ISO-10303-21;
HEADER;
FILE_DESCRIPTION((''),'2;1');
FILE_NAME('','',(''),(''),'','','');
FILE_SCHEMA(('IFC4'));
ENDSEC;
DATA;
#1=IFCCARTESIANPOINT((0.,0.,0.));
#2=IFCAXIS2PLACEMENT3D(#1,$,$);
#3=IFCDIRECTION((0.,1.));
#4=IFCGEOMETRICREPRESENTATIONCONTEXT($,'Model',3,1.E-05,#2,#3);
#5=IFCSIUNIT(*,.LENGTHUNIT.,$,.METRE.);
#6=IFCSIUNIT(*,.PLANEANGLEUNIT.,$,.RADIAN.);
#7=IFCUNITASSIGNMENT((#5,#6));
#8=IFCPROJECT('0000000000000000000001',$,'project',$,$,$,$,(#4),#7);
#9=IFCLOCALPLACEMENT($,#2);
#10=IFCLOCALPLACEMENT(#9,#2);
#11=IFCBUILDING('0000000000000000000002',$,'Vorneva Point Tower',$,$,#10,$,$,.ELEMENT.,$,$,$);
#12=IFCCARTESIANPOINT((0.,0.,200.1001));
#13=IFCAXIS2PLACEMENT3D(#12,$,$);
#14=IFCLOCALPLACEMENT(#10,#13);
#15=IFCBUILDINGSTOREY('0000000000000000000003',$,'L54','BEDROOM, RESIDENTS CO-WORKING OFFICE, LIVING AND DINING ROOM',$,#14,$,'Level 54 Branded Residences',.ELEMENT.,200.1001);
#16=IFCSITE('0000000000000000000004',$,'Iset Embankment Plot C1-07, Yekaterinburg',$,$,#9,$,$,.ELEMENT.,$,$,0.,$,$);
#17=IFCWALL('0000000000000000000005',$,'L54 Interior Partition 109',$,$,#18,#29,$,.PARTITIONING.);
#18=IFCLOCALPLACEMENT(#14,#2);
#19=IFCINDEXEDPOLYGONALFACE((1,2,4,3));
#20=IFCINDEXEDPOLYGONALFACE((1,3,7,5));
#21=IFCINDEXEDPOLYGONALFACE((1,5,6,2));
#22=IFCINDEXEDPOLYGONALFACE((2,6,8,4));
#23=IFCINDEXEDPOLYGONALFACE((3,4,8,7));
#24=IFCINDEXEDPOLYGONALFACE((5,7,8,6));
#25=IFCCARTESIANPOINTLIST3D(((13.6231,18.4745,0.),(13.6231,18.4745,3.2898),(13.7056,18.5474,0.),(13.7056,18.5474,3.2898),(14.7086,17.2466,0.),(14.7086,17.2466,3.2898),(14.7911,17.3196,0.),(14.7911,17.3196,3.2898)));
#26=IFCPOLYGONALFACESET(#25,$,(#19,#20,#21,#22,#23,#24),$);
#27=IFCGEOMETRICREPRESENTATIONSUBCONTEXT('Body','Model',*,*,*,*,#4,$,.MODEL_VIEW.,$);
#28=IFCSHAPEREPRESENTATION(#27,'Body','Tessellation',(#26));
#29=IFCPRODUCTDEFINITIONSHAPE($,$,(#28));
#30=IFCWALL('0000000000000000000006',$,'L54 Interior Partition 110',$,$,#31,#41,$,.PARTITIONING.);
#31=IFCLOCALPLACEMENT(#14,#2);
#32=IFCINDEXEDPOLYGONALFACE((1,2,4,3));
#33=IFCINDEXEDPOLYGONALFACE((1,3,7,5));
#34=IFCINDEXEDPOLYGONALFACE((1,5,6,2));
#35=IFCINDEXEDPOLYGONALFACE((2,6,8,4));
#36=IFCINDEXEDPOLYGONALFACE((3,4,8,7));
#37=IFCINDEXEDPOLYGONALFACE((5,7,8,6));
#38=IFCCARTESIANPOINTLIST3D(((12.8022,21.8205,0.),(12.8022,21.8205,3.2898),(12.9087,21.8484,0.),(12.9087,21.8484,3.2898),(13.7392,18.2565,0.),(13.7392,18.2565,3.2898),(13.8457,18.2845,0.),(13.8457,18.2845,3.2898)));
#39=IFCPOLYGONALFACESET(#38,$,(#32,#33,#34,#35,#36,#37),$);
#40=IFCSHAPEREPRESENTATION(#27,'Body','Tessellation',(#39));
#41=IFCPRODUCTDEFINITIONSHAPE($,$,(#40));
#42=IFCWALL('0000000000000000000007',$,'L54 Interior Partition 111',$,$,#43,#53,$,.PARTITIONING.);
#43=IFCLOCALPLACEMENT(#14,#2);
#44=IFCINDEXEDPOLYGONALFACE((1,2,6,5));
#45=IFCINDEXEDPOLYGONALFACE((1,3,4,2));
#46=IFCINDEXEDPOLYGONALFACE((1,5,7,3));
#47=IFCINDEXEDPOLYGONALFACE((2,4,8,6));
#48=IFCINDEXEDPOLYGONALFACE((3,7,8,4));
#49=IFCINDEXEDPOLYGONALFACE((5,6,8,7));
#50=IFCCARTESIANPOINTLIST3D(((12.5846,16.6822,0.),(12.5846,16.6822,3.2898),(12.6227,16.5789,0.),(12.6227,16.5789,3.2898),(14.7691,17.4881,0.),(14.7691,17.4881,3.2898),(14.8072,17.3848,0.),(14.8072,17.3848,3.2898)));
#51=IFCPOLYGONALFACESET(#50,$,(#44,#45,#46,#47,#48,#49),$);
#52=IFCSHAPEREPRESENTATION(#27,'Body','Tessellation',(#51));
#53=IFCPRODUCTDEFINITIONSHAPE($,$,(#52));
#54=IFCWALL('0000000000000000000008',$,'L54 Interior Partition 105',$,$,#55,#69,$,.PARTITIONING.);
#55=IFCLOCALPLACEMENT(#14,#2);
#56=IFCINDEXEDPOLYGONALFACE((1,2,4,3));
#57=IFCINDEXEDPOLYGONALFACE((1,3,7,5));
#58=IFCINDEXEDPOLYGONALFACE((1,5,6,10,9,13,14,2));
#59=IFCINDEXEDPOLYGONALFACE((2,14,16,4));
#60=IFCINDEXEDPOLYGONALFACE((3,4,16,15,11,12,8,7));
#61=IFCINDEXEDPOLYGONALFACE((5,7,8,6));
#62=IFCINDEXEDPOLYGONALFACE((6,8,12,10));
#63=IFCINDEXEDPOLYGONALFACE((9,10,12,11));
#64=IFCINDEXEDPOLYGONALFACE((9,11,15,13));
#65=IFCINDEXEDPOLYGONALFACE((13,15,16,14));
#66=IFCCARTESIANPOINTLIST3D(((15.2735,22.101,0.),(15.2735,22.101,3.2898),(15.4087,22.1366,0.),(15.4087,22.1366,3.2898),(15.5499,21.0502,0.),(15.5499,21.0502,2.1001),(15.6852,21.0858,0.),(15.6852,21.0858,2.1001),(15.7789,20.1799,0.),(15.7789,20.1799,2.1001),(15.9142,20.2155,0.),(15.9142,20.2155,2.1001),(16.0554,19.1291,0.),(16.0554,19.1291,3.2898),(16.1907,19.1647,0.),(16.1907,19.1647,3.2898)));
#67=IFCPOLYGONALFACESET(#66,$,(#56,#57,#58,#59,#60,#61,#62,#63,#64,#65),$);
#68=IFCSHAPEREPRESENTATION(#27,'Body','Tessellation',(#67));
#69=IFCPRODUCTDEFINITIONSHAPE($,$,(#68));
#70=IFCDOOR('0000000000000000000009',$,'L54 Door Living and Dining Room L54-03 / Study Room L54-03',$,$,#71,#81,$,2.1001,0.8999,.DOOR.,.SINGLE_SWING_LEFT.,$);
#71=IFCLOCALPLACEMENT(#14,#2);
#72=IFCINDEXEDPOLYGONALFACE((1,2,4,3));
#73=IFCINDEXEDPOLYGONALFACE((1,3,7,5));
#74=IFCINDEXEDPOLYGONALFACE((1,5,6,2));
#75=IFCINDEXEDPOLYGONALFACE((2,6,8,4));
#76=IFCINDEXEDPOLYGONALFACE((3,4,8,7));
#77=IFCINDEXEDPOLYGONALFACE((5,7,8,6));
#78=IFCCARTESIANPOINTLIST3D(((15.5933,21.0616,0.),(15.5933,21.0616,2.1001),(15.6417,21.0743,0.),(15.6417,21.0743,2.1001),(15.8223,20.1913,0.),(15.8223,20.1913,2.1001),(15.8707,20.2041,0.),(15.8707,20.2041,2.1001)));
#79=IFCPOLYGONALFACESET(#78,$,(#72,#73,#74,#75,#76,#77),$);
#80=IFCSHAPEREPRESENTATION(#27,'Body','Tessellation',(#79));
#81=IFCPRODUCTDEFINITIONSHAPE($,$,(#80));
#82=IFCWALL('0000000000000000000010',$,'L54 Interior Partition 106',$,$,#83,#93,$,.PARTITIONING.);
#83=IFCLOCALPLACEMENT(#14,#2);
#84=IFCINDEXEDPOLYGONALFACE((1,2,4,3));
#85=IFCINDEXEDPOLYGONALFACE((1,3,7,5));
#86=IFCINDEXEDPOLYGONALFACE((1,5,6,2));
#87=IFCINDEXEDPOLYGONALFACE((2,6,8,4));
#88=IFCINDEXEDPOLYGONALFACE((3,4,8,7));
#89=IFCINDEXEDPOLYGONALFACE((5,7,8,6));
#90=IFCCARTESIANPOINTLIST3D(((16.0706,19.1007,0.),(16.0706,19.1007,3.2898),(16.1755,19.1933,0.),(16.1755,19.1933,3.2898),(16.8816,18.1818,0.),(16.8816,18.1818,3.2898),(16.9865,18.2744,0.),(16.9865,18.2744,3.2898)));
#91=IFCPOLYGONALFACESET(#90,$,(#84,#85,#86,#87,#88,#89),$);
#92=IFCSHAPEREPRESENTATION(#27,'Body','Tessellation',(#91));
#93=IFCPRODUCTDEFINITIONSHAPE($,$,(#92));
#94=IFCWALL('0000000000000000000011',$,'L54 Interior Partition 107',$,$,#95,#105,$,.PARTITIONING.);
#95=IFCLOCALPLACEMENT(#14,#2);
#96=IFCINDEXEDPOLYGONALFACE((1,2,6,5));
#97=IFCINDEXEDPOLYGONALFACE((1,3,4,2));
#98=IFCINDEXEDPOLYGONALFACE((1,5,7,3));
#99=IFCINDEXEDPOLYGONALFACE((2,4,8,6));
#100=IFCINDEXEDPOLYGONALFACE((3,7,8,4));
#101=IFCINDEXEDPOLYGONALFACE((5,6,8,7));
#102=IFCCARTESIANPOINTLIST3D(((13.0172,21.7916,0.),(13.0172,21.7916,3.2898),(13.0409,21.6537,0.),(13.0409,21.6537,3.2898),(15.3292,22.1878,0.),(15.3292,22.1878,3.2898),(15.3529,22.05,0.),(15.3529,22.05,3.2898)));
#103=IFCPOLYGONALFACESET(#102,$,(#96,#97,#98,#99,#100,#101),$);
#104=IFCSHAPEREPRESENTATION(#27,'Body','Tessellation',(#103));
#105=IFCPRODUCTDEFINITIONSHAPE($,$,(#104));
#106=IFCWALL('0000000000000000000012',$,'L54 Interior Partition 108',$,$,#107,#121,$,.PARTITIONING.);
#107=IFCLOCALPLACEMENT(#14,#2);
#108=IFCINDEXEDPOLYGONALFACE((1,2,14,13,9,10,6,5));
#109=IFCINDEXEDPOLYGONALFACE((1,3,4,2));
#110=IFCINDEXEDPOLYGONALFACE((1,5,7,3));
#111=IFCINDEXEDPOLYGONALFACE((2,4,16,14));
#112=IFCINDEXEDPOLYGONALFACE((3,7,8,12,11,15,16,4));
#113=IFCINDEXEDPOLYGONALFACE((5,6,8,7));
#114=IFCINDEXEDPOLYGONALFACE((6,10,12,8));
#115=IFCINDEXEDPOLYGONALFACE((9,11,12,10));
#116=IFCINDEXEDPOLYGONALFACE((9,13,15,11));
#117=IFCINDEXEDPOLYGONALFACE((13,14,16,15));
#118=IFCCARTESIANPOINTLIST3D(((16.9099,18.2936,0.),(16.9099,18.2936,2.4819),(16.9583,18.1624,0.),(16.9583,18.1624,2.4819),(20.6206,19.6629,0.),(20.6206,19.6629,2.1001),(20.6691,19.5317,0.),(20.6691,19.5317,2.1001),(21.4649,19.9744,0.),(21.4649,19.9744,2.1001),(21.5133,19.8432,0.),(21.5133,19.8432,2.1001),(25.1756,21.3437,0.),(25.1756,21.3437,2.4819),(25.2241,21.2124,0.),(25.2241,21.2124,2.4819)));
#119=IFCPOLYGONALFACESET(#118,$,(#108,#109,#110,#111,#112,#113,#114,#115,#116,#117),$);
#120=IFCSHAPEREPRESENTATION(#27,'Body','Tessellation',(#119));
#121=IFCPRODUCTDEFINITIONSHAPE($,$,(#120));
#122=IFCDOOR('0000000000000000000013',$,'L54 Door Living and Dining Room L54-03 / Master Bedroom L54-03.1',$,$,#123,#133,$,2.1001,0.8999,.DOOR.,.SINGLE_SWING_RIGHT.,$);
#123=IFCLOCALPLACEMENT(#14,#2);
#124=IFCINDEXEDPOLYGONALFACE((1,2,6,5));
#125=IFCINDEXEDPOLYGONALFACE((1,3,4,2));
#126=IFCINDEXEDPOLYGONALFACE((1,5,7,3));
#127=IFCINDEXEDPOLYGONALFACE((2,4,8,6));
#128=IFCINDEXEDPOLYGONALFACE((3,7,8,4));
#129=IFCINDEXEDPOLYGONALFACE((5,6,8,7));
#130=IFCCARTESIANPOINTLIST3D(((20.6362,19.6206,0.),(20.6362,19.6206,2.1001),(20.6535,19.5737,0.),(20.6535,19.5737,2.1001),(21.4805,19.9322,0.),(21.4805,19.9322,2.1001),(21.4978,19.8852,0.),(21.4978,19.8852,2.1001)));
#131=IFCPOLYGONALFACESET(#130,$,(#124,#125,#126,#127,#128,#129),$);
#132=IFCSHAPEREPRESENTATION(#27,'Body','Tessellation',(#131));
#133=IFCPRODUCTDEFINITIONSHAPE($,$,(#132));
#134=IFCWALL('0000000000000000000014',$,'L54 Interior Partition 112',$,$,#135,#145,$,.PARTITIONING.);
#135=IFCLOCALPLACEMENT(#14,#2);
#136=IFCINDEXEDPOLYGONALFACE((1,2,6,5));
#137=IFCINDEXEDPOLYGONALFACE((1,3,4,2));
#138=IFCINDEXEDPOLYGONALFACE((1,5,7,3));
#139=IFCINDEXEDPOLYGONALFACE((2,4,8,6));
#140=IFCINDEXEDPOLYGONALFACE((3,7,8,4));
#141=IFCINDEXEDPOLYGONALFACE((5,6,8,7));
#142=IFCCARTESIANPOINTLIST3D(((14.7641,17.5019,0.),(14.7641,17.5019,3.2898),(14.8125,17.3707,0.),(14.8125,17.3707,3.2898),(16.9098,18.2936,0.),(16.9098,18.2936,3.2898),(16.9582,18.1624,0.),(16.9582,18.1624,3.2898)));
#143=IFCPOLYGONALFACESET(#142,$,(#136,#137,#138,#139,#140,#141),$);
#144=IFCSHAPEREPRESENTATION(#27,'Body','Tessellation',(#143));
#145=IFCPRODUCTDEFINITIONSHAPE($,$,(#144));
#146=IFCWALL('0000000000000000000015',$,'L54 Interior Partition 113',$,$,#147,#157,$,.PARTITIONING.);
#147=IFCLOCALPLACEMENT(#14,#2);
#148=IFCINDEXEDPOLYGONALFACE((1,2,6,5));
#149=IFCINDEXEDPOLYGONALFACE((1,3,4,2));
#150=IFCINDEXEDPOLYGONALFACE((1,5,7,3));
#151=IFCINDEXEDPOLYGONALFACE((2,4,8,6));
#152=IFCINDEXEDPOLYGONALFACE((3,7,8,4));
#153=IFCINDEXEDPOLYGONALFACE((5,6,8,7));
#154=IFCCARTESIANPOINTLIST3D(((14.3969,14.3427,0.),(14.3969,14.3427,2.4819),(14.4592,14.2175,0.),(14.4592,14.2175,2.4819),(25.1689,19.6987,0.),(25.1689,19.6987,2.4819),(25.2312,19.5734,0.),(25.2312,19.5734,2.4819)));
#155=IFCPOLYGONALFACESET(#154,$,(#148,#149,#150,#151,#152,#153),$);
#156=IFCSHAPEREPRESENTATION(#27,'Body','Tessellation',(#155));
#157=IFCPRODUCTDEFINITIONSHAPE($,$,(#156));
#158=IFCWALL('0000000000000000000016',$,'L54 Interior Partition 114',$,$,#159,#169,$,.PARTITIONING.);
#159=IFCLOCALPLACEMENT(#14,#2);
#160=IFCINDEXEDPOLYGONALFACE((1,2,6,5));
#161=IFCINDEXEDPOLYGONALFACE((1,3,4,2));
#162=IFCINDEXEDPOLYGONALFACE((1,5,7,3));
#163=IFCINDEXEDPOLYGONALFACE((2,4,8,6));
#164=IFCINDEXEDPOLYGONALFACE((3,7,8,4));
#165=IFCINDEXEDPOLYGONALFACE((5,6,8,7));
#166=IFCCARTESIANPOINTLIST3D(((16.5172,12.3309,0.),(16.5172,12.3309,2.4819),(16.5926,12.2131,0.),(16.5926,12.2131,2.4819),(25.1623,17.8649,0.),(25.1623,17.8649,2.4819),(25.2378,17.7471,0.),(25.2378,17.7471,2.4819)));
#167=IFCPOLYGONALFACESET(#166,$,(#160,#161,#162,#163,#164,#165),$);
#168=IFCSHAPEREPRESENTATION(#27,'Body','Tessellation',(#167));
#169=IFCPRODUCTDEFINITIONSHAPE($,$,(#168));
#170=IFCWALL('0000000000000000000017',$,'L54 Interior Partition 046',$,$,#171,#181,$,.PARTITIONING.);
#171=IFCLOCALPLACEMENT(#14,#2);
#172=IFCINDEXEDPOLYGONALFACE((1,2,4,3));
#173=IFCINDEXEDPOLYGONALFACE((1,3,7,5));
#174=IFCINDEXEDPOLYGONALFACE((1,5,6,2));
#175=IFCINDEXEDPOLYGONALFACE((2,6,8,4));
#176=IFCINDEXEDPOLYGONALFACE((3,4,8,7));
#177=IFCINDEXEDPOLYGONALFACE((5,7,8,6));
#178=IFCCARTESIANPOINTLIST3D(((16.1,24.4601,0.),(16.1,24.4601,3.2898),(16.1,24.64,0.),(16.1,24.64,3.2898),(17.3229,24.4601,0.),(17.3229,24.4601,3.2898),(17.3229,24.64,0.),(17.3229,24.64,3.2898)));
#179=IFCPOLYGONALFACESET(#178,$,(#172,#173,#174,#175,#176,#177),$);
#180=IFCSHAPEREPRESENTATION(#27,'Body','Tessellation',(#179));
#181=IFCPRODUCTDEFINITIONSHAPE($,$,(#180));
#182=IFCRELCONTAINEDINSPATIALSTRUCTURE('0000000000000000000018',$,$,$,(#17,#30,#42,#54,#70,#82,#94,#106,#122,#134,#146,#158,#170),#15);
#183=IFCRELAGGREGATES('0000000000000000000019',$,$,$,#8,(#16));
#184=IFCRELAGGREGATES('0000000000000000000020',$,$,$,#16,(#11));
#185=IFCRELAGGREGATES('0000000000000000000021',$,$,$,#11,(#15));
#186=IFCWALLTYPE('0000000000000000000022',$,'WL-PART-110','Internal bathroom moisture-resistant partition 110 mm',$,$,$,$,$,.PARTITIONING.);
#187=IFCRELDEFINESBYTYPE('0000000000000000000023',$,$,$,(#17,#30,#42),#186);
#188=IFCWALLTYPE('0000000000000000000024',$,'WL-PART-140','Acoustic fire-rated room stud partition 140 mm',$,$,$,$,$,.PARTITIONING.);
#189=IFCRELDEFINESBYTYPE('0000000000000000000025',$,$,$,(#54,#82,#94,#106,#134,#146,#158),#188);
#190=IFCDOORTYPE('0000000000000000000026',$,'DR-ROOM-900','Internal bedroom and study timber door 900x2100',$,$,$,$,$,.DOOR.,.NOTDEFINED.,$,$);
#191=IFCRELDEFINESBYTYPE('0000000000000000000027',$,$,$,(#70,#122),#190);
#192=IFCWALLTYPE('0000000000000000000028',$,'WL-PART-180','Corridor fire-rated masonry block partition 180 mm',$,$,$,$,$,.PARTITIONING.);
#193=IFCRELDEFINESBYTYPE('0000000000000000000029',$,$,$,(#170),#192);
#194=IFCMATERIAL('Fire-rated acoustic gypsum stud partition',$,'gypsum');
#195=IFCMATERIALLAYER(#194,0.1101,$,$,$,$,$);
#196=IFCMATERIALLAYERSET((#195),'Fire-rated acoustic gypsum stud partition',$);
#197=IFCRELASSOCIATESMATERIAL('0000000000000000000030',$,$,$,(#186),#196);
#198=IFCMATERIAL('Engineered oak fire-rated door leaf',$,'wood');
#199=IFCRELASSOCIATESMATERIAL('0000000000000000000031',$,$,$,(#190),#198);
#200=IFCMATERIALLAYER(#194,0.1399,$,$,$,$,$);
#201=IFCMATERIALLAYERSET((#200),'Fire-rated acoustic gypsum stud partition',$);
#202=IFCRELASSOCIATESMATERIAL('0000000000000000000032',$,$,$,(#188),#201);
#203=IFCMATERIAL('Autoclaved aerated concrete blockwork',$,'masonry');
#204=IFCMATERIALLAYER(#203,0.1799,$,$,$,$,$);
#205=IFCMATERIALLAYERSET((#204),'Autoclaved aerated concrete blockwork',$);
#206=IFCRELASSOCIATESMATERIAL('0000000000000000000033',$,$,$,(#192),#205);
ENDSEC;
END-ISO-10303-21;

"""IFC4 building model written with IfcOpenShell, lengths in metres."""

from ifc_helpers import new_model, si_unit, direction, frame, frame_2d, origin, place, context, subcontext, project, spatial, rectangle, extrude, material, layer, layer_set, type_object, element, fill, save


model = new_model("IFC4")

# Units and contexts
model_context = context("Model", 3, precision=1e-05, world=origin(), true_north=direction((0.0, 1.0)))
body_context = subcontext(model_context, "Body", "Model", "MODEL_VIEW")
ifc_project = project(units=[si_unit("LENGTHUNIT", "METRE"), si_unit("PLANEANGLEUNIT", "RADIAN")], contexts=[model_context])

# Site, building, storey
site_placement = place(None, origin())
site = spatial("IfcSite", under=ifc_project, at=site_placement, Name="Iset Embankment Plot C1-07, Yekaterinburg", CompositionType="ELEMENT", RefElevation=0.0)
building_placement = place(site_placement, origin())
building = spatial("IfcBuilding", under=site, at=building_placement, Name="Vorneva Point Tower", CompositionType="ELEMENT")
storey_placement = place(building_placement, frame((0.0, 0.0, 200.1001)))
storey = spatial("IfcBuildingStorey", under=building, at=storey_placement, Name="L54", Description="BEDROOM, RESIDENTS CO-WORKING OFFICE, LIVING AND DINING ROOM", LongName="Level 54 Branded Residences", CompositionType="ELEMENT", Elevation=200.1001)

# Shared definitions
ifc_material_1 = material(Name="Fire-rated acoustic gypsum stud partition", Category="gypsum")
ifc_layer_1 = layer(ifc_material_1, 0.1101)
ifc_layer_set_1 = layer_set([ifc_layer_1], Name="Fire-rated acoustic gypsum stud partition")
wall_type_1 = type_object("IfcWallType", Name="WL-PART-110", Description="Internal bathroom moisture-resistant partition 110 mm", PredefinedType="PARTITIONING", material=ifc_layer_set_1)
ifc_material_2 = material(Name="Engineered oak fire-rated door leaf", Category="wood")
door_type = type_object("IfcDoorType", Name="DR-ROOM-900", Description="Internal bedroom and study timber door 900x2100", OperationType="NOTDEFINED", PredefinedType="DOOR", material=ifc_material_2)

# Walls
wall_1_placement = place(storey_placement, frame((14.7498, 17.2832, 0.0), z_axis=(0.0, 0.0, 1.0), x_axis=(-0.662346, 0.749198, 0.0)))
element("IfcWall", 1, at=wall_1_placement, inside=storey, type_object=wall_type_1, Name="L54 Interior Partition 109", PredefinedType="PARTITIONING", context=body_context, shape_type="SweptSolid", body=[
    extrude(rectangle(XDim=1.6389, YDim=0.1101, at=frame_2d((0.8193, 0.0))), origin(), (0.0, 0.0, 1.0), 3.2898),
])
wall_2_placement = place(storey_placement, frame((13.7925, 18.2705, 0.0), z_axis=(0.0, 0.0, 1.0), x_axis=(-0.254272, 0.967133, 0.0)))
element("IfcWall", 2, at=wall_2_placement, inside=storey, type_object=wall_type_1, Name="L54 Interior Partition 110", PredefinedType="PARTITIONING", context=body_context, shape_type="SweptSolid", body=[
    extrude(rectangle(XDim=3.6851, YDim=0.1101, at=frame_2d((1.8425, 0.0))), origin(), (0.0, 0.0, 1.0), 3.2898),
])
wall_3_placement = place(storey_placement, frame((12.6038, 16.6306, 0.0), z_axis=(0.0, 0.0, 1.0), x_axis=(0.938194, 0.346109, 0.0)))
element("IfcWall", 3, at=wall_3_placement, inside=storey, type_object=wall_type_1, Name="L54 Interior Partition 111", PredefinedType="PARTITIONING", context=body_context, shape_type="SweptSolid", body=[
    extrude(rectangle(XDim=2.3284, YDim=0.1101, at=frame_2d((1.1641, 0.0))), origin(), (0.0, 0.0, 1.0), 3.2898),
])

# Wall, opening, door
ifc_layer_2 = layer(ifc_material_1, 0.1399)
ifc_layer_set_2 = layer_set([ifc_layer_2], Name="Fire-rated acoustic gypsum stud partition")
wall_type_2 = type_object("IfcWallType", Name="WL-PART-140", Description="Acoustic fire-rated room stud partition 140 mm", PredefinedType="PARTITIONING", material=ifc_layer_set_2)
wall_4_placement = place(storey_placement, frame((15.3411, 22.1189, 0.0), z_axis=(0.0, 0.0, 1.0), x_axis=(0.254462, -0.967083, 0.0)))
wall_4 = element("IfcWall", 4, at=wall_4_placement, inside=storey, type_object=wall_type_2, Name="L54 Interior Partition 105", PredefinedType="PARTITIONING", context=body_context, shape_type="SweptSolid", body=[
    extrude(rectangle(XDim=3.073, YDim=0.1399, at=frame_2d((1.5366, 0.0))), origin(), (0.0, 0.0, 1.0), 3.2898),
])
opening_1_placement = place(wall_4_placement, frame((1.0867, 0.0, 0.0)))
opening_1 = element("IfcOpeningElement", 5, at=opening_1_placement, cuts=wall_4, PredefinedType="OPENING", context=body_context, shape_type="SweptSolid", body=[
    extrude(rectangle(XDim=0.8999, YDim=2.1001, at=frame_2d((0.45, 1.05))), frame((0.0, 0.085, 0.0), z_axis=(0.0, -1.0, 0.0), x_axis=(1.0, 0.0, 0.0)), (0.0, 0.0, 1.0), 0.1697),
])
door_1_placement = place(opening_1_placement, origin())
door_1 = element("IfcDoor", 6, at=door_1_placement, inside=storey, type_object=door_type, Name="L54 Door Living and Dining Room L54-03 / Study Room L54-03", OperationType="SINGLE_SWING_LEFT", OverallHeight=2.1001, OverallWidth=0.8999, PredefinedType="DOOR", context=body_context, shape_type="SweptSolid", body=[
    extrude(rectangle(XDim=0.8999, YDim=2.1001, at=frame_2d((0.45, 1.05))), frame((0.0, 0.0249, 0.0), z_axis=(0.0, -1.0, 0.0), x_axis=(1.0, 0.0, 0.0)), (0.0, 0.0, 1.0), 0.05),
])
fill(opening_1, door_1)

# Walls
wall_5_placement = place(storey_placement, frame((16.123, 19.147, 0.0), z_axis=(0.0, 0.0, 1.0), x_axis=(0.661714, -0.749756, 0.0)))
element("IfcWall", 7, at=wall_5_placement, inside=storey, type_object=wall_type_2, Name="L54 Interior Partition 106", PredefinedType="PARTITIONING", context=body_context, shape_type="SweptSolid", body=[
    extrude(rectangle(XDim=1.2256, YDim=0.1399, at=frame_2d((0.6128, 0.0))), origin(), (0.0, 0.0, 1.0), 3.2898),
])
wall_6_placement = place(storey_placement, frame((13.0291, 21.7227, 0.0), z_axis=(0.0, 0.0, 1.0), x_axis=(0.98563, 0.16892, 0.0)))
element("IfcWall", 8, at=wall_6_placement, inside=storey, type_object=wall_type_2, Name="L54 Interior Partition 107", PredefinedType="PARTITIONING", context=body_context, shape_type="SweptSolid", body=[
    extrude(rectangle(XDim=2.3457, YDim=0.1399, at=frame_2d((1.1729, 0.0))), origin(), (0.0, 0.0, 1.0), 3.2898),
])

# Wall, opening, door
wall_7_placement = place(storey_placement, frame((16.9341, 18.228, 0.0), z_axis=(0.0, 0.0, 1.0), x_axis=(0.938169, 0.346178, 0.0)))
wall_7 = element("IfcWall", 9, at=wall_7_placement, inside=storey, type_object=wall_type_2, Name="L54 Interior Partition 108", PredefinedType="PARTITIONING", context=body_context, shape_type="SweptSolid", body=[
    extrude(rectangle(XDim=8.8105, YDim=0.1399, at=frame_2d((4.4053, 0.0))), origin(), (0.0, 0.0, 1.0), 2.4819),
])
opening_2_placement = place(wall_7_placement, frame((3.9553, 0.0, 0.0)))
opening_2 = element("IfcOpeningElement", 10, at=opening_2_placement, cuts=wall_7, PredefinedType="OPENING", context=body_context, shape_type="SweptSolid", body=[
    extrude(rectangle(XDim=0.8999, YDim=2.1001, at=frame_2d((0.45, 1.05))), frame((0.0, 0.085, 0.0), z_axis=(0.0, -1.0, 0.0), x_axis=(1.0, 0.0, 0.0)), (0.0, 0.0, 1.0), 0.1697),
])
door_2_placement = place(opening_2_placement, origin())
door_2 = element("IfcDoor", 11, at=door_2_placement, inside=storey, type_object=door_type, Name="L54 Door Living and Dining Room L54-03 / Master Bedroom L54-03.1", OperationType="SINGLE_SWING_RIGHT", OverallHeight=2.1001, OverallWidth=0.8999, PredefinedType="DOOR", context=body_context, shape_type="SweptSolid", body=[
    extrude(rectangle(XDim=0.8999, YDim=2.1001, at=frame_2d((0.45, 1.05))), frame((0.0, 0.0249, 0.0), z_axis=(0.0, -1.0, 0.0), x_axis=(1.0, 0.0, 0.0)), (0.0, 0.0, 1.0), 0.05),
])
fill(opening_2, door_2)

# Walls
wall_8_placement = place(storey_placement, frame((14.7883, 17.4363, 0.0), z_axis=(0.0, 0.0, 1.0), x_axis=(0.938172, 0.34617, 0.0)))
element("IfcWall", 12, at=wall_8_placement, inside=storey, type_object=wall_type_2, Name="L54 Interior Partition 112", PredefinedType="PARTITIONING", context=body_context, shape_type="SweptSolid", body=[
    extrude(rectangle(XDim=2.2871, YDim=0.1399, at=frame_2d((1.1436, 0.0))), origin(), (0.0, 0.0, 1.0), 3.2898),
])
wall_9_placement = place(storey_placement, frame((14.428, 14.28, 0.0), z_axis=(0.0, 0.0, 1.0), x_axis=(0.895423, 0.445216, 0.0)))
element("IfcWall", 13, at=wall_9_placement, inside=storey, type_object=wall_type_2, Name="L54 Interior Partition 113", PredefinedType="PARTITIONING", context=body_context, shape_type="SweptSolid", body=[
    extrude(rectangle(XDim=12.03, YDim=0.1399, at=frame_2d((6.0151, 0.0))), origin(), (0.0, 0.0, 1.0), 2.4819),
])
wall_10_placement = place(storey_placement, frame((16.5549, 12.272, 0.0), z_axis=(0.0, 0.0, 1.0), x_axis=(0.842222, 0.539131, 0.0)))
element("IfcWall", 14, at=wall_10_placement, inside=storey, type_object=wall_type_2, Name="L54 Interior Partition 114", PredefinedType="PARTITIONING", context=body_context, shape_type="SweptSolid", body=[
    extrude(rectangle(XDim=10.2646, YDim=0.1399, at=frame_2d((5.1323, 0.0))), origin(), (0.0, 0.0, 1.0), 2.4819),
])
ifc_material_3 = material(Name="Autoclaved aerated concrete blockwork", Category="masonry")
ifc_layer_3 = layer(ifc_material_3, 0.1799)
ifc_layer_set_3 = layer_set([ifc_layer_3], Name="Autoclaved aerated concrete blockwork")
wall_type_3 = type_object("IfcWallType", Name="WL-PART-180", Description="Corridor fire-rated masonry block partition 180 mm", PredefinedType="PARTITIONING", material=ifc_layer_set_3)
wall_11_placement = place(storey_placement, frame((16.1001, 24.55, 0.0), z_axis=(0.0, 0.0, 1.0), x_axis=(1.0, 0.0, 0.0)))
element("IfcWall", 15, at=wall_11_placement, inside=storey, type_object=wall_type_3, Name="L54 Interior Partition 046", PredefinedType="PARTITIONING", context=body_context, shape_type="SweptSolid", body=[
    extrude(rectangle(XDim=1.2229, YDim=0.1799, at=frame_2d((0.6113, 0.0))), origin(), (0.0, 0.0, 1.0), 3.2898),
])

save(model, "model.ifc")
